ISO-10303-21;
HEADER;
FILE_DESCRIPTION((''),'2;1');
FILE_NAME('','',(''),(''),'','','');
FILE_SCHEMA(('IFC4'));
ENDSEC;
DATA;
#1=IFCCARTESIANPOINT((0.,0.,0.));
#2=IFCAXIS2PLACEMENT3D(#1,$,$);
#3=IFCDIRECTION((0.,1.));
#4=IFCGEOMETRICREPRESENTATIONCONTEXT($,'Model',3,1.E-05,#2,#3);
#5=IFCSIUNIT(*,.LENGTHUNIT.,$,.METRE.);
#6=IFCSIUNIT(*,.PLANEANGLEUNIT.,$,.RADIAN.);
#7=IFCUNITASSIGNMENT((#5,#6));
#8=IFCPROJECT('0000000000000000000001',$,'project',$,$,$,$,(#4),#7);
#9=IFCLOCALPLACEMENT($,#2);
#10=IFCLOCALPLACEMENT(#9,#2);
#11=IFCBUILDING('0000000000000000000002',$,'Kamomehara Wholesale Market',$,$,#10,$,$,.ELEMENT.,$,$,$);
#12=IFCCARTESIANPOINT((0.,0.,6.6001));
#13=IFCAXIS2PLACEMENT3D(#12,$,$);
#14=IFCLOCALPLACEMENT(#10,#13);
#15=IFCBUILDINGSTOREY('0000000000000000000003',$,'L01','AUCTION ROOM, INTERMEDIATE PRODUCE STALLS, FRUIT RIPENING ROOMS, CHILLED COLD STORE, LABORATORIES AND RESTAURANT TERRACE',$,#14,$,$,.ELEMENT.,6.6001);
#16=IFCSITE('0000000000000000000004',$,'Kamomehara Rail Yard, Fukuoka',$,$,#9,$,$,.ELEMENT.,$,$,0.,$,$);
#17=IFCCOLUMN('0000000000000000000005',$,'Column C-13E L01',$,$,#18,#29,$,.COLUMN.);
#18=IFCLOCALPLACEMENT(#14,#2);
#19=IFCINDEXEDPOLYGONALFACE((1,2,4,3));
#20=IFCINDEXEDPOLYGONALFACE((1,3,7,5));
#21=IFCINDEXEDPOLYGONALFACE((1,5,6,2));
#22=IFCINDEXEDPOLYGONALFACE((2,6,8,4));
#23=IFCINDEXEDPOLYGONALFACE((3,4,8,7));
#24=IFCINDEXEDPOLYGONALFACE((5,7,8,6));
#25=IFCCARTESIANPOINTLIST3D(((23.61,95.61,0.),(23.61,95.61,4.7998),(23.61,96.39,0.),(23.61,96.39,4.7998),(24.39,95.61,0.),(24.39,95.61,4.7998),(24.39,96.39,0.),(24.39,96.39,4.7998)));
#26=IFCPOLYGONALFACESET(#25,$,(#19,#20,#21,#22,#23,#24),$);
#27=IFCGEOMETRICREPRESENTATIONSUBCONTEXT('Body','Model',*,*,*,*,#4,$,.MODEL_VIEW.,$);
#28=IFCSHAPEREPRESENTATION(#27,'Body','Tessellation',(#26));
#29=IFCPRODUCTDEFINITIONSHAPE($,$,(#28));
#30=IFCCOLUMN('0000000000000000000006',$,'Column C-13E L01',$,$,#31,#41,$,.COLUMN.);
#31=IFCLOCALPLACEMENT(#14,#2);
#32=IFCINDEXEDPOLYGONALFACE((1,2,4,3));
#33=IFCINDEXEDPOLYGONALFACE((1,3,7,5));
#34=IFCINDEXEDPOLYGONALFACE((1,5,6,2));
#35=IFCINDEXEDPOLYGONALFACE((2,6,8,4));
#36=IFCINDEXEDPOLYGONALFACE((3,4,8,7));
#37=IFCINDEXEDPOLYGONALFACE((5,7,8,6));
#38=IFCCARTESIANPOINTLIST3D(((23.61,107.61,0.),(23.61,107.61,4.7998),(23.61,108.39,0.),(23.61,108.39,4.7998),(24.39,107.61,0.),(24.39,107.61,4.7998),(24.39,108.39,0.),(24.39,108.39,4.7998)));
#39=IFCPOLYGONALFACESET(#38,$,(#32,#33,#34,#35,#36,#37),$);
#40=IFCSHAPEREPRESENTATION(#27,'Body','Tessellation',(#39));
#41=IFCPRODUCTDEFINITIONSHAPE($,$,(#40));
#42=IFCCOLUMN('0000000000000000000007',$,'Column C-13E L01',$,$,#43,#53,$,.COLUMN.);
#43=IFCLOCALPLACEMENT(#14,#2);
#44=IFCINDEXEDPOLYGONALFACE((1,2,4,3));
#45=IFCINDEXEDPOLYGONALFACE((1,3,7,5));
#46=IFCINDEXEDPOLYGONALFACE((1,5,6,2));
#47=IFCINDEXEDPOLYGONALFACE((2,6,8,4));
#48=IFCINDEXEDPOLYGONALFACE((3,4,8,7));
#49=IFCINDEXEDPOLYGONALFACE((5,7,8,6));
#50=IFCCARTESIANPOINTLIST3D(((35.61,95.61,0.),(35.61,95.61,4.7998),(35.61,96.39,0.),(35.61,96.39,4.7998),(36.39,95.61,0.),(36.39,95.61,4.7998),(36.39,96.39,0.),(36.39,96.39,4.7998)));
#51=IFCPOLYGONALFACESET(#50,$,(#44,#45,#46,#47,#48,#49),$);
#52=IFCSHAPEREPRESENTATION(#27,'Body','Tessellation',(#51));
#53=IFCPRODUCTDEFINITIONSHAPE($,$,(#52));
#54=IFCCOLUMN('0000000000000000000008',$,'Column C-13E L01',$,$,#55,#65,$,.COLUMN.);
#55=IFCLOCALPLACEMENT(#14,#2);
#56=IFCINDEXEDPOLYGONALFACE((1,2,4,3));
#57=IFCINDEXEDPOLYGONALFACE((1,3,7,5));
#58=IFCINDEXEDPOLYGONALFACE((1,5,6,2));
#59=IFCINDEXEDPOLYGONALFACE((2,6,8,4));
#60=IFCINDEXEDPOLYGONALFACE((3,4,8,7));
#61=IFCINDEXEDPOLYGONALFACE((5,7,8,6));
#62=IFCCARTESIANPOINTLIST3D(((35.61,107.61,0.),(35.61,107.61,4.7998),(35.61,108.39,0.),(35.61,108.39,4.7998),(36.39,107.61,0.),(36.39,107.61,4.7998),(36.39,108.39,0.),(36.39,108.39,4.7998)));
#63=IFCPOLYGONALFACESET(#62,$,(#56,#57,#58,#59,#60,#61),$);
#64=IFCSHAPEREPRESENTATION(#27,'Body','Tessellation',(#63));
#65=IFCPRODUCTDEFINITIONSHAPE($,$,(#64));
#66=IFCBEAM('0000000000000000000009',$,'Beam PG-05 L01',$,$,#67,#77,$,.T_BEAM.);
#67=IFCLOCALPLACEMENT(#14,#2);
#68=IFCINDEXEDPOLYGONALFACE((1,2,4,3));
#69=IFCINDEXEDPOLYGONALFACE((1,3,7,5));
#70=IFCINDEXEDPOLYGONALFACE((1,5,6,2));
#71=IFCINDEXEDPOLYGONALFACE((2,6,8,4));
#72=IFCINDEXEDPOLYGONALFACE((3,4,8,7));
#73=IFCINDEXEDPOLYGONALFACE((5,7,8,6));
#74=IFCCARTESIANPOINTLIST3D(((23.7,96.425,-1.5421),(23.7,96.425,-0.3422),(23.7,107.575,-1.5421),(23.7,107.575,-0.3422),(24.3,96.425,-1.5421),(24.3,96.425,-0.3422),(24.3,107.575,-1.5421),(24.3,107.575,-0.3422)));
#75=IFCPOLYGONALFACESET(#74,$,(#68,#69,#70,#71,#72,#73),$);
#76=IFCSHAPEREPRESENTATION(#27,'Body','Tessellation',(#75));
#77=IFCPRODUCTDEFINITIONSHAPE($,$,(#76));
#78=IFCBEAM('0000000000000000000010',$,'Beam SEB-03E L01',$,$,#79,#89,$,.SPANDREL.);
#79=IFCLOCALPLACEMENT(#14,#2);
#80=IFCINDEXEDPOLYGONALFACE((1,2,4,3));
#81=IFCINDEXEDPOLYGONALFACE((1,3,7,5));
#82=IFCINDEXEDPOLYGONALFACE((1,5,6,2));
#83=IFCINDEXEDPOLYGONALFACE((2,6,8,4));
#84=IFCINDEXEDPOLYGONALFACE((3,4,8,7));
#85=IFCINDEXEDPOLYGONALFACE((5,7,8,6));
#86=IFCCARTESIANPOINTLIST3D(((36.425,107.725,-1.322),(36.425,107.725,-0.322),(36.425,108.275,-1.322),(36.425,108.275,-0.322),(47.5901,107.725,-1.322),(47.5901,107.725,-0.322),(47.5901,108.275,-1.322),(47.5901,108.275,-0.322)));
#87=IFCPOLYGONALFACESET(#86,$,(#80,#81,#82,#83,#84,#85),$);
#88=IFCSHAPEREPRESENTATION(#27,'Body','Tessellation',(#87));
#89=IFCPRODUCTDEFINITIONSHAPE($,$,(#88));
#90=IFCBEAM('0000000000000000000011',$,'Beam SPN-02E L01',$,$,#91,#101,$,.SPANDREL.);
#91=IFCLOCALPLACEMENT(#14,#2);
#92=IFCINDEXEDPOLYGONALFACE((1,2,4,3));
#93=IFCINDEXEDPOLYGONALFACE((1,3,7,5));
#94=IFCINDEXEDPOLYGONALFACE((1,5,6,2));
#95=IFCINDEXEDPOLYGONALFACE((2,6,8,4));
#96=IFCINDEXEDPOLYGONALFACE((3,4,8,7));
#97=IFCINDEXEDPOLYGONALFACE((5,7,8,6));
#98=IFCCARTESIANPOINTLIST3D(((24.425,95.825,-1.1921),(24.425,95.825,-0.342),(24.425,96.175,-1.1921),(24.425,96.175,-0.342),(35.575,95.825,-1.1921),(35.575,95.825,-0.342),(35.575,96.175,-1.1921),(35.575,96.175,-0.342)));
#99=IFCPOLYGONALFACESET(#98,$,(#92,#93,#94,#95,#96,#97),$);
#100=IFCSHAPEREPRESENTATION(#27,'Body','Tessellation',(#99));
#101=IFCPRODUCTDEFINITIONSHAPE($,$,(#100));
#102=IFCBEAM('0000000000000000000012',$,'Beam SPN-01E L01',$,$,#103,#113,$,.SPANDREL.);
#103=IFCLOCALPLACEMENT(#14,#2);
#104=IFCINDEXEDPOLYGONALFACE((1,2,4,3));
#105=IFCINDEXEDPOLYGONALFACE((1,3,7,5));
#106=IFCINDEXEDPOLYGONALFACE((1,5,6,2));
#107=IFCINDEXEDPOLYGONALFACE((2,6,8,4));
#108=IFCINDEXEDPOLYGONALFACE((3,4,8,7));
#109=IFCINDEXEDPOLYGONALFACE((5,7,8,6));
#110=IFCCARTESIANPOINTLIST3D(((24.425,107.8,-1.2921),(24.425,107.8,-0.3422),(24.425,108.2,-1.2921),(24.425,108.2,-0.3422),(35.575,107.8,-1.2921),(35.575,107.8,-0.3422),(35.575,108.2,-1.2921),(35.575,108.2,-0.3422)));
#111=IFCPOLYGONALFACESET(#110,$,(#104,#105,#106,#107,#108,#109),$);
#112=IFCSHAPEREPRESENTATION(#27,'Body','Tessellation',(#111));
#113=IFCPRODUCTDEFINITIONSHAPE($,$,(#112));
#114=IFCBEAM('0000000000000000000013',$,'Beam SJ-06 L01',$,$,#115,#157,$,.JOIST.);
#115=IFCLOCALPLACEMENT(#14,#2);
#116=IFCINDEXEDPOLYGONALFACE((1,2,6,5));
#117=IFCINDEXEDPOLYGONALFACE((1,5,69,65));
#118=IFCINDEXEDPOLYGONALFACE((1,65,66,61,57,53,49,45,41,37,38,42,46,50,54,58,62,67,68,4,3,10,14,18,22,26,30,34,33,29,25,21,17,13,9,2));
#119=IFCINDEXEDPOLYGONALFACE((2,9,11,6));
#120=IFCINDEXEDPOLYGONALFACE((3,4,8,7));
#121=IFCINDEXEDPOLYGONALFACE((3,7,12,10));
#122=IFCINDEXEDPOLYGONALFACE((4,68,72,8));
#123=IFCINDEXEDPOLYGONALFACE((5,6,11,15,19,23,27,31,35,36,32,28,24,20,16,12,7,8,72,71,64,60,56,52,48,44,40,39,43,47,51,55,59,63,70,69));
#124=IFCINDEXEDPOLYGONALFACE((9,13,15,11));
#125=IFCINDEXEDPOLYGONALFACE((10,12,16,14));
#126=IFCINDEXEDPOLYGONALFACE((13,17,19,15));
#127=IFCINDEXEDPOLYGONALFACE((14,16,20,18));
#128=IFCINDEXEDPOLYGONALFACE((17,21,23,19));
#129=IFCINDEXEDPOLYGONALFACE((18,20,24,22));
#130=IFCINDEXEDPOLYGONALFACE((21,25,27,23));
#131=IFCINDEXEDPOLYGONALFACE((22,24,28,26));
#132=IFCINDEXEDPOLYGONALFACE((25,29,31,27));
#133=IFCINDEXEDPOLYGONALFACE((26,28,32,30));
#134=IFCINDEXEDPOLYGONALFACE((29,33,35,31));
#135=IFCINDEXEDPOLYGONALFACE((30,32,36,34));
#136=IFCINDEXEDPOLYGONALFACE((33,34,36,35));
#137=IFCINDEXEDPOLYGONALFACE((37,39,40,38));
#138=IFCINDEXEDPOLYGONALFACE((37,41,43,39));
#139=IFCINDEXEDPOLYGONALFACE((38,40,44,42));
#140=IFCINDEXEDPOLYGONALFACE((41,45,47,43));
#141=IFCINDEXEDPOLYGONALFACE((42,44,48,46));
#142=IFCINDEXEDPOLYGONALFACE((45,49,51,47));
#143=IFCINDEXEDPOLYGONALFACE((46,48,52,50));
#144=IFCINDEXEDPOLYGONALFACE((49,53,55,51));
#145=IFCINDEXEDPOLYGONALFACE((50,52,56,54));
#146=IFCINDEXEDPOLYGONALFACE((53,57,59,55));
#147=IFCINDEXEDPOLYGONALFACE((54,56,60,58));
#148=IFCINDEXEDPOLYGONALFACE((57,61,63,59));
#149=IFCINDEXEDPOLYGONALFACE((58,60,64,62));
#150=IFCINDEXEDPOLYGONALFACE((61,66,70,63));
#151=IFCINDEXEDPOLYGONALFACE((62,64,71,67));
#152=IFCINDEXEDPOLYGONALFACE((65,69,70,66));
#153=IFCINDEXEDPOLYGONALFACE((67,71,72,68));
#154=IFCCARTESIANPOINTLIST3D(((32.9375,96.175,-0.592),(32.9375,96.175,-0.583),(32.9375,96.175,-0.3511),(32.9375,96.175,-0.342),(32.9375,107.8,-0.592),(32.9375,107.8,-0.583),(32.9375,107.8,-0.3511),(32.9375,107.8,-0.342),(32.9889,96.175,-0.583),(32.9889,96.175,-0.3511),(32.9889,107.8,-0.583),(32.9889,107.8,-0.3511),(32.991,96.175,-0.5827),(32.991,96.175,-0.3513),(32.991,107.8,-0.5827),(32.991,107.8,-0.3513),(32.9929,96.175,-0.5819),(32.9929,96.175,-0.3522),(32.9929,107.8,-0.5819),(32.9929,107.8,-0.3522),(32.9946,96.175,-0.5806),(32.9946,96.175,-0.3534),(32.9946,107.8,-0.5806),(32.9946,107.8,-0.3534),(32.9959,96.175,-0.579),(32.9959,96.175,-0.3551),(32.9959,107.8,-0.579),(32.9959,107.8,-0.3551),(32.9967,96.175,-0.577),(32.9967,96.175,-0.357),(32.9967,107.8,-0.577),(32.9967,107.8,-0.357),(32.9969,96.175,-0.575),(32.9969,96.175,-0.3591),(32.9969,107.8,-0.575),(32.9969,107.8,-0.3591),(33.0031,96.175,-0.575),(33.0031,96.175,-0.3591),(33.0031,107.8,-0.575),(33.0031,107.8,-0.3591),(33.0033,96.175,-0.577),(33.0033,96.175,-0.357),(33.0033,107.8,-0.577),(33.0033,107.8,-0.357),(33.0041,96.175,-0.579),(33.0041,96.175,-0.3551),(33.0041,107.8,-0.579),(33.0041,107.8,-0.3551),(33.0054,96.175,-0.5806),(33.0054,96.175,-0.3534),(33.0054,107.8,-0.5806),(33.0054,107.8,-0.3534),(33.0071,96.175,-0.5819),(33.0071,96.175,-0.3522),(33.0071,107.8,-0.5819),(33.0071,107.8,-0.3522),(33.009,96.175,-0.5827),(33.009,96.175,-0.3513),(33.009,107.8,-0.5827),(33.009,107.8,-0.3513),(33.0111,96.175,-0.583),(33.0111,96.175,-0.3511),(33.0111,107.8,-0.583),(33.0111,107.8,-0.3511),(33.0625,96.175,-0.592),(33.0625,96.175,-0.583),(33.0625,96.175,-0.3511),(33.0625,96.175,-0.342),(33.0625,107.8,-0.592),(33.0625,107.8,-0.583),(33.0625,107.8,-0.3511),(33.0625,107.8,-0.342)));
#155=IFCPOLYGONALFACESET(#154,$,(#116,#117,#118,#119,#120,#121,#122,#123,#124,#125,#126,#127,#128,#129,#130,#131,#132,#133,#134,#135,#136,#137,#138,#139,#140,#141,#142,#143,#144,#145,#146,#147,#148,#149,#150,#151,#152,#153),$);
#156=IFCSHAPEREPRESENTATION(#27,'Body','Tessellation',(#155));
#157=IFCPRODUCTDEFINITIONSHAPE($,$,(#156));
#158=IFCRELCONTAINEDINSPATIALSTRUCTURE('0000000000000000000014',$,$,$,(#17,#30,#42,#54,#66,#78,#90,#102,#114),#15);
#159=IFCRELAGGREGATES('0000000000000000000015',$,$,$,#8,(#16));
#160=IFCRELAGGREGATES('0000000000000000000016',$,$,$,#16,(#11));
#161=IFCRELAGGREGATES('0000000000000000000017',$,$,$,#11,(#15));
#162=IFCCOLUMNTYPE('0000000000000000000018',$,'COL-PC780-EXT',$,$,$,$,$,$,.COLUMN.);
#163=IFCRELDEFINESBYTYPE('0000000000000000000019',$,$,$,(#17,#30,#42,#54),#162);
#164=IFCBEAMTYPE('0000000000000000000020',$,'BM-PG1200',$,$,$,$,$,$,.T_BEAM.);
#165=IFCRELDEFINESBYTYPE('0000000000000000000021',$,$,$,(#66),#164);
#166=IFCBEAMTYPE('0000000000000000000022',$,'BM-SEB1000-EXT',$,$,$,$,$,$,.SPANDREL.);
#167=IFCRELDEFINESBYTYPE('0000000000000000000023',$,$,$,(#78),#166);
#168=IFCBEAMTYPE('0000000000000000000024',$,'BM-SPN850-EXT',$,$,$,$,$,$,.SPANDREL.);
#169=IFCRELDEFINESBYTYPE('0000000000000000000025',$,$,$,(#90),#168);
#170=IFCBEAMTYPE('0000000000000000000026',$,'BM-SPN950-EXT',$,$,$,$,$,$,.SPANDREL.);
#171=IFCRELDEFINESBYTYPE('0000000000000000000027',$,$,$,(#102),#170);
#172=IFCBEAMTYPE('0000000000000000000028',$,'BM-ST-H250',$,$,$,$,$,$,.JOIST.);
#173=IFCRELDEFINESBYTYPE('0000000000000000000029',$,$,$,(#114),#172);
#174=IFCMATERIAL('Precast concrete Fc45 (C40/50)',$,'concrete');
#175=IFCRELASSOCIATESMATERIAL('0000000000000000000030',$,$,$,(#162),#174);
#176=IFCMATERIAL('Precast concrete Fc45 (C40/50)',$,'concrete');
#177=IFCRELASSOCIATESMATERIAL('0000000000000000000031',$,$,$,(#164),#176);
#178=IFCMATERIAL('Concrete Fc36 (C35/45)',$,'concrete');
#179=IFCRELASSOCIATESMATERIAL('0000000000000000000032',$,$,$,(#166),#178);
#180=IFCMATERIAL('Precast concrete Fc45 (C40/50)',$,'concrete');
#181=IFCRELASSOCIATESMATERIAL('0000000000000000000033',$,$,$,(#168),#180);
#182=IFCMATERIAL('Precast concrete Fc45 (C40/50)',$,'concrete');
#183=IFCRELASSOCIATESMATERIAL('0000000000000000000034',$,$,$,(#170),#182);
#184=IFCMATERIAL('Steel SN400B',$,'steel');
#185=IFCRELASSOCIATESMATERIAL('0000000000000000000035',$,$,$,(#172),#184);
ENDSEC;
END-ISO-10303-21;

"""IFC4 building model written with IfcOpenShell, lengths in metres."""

from ifc_helpers import new_model, si_unit, direction, frame, origin, origin_2d, place, context, subcontext, project, spatial, rectangle, i_section, extrude, material, material_profile, profile_set, type_object, element, save


model = new_model("IFC4")

# Units and contexts
model_context = context("Model", 3, precision=1e-05, world=origin(), true_north=direction((0.0, 1.0)))
body_context = subcontext(model_context, "Body", "Model", "MODEL_VIEW")
ifc_project = project(units=[si_unit("LENGTHUNIT", "METRE"), si_unit("PLANEANGLEUNIT", "RADIAN")], contexts=[model_context])

# Site, building, storey
site_placement = place(None, origin())
site = spatial("IfcSite", under=ifc_project, at=site_placement, Name="Kamomehara Rail Yard, Fukuoka", CompositionType="ELEMENT", RefElevation=0.0)
building_placement = place(site_placement, origin())
building = spatial("IfcBuilding", under=site, at=building_placement, Name="Kamomehara Wholesale Market", CompositionType="ELEMENT")
storey_placement = place(building_placement, frame((0.0, 0.0, 6.6001)))
storey = spatial("IfcBuildingStorey", under=building, at=storey_placement, Name="L01", Description="AUCTION ROOM, INTERMEDIATE PRODUCE STALLS, FRUIT RIPENING ROOMS, CHILLED COLD STORE, LABORATORIES AND RESTAURANT TERRACE", CompositionType="ELEMENT", Elevation=6.6001)

# Columns
ifc_material_1 = material(Name="Precast concrete Fc45 (C40/50)", Category="concrete")
ifc_material_profile_1 = material_profile(ifc_material_1, rectangle(XDim=0.78, YDim=0.78, at=origin_2d()), Name="PC-COL-780x780")
ifc_profile_set_1 = profile_set([ifc_material_profile_1], Name="Precast concrete Fc45 (C40/50)")
column_type = type_object("IfcColumnType", Name="COL-PC780-EXT", PredefinedType="COLUMN", material=ifc_profile_set_1)
for number, where, z_axis, x_axis, name in (
    (1, (24.0, 96.0, 0.0), (0.0, 0.0, 1.0), (1.0, 0.0, 0.0), "Column C-13E L01"),
    (2, (24.0, 108.0, 0.0), (0.0, 0.0, 1.0), (1.0, 0.0, 0.0), "Column C-13E L01"),
    (3, (36.0, 96.0, 0.0), (0.0, 0.0, 1.0), (1.0, 0.0, 0.0), "Column C-13E L01"),
    (4, (36.0, 108.0, 0.0), (0.0, 0.0, 1.0), (1.0, 0.0, 0.0), "Column C-13E L01"),
):
    element("IfcColumn", number, at=place(storey_placement, frame(where, z_axis=z_axis, x_axis=x_axis)), inside=storey, type_object=column_type, Name=name, PredefinedType="COLUMN", context=body_context, shape_type="SweptSolid", body=[
        extrude(rectangle(XDim=0.78, YDim=0.78, at=origin_2d()), origin(), (0.0, 0.0, 1.0), 4.7998),
    ])

# Beams
ifc_material_2 = material(Name="Precast concrete Fc45 (C40/50)", Category="concrete")
ifc_material_profile_2 = material_profile(ifc_material_2, rectangle(XDim=0.6001, YDim=1.2, at=origin_2d()), Name="PC-GRD-600x1200")
ifc_profile_set_2 = profile_set([ifc_material_profile_2], Name="Precast concrete Fc45 (C40/50)")
beam_type_1 = type_object("IfcBeamType", Name="BM-PG1200", PredefinedType="T_BEAM", material=ifc_profile_set_2)
beam_1_placement = place(storey_placement, frame((24.0, 96.425, -0.9421), z_axis=(0.0, 1.0, 0.0), x_axis=(-1.0, 0.0, 0.0)))
element("IfcBeam", 5, at=beam_1_placement, inside=storey, type_object=beam_type_1, Name="Beam PG-05 L01", PredefinedType="T_BEAM", context=body_context, shape_type="SweptSolid", body=[
    extrude(rectangle(XDim=0.6001, YDim=1.2, at=origin_2d()), origin(), (0.0, 0.0, 1.0), 11.1499),
])
ifc_material_3 = material(Name="Concrete Fc36 (C35/45)", Category="concrete")
ifc_material_profile_3 = material_profile(ifc_material_3, rectangle(XDim=0.55, YDim=1.0, at=origin_2d()), Name="RC-SEB-550x1000")
ifc_profile_set_3 = profile_set([ifc_material_profile_3], Name="Concrete Fc36 (C35/45)")
beam_type_2 = type_object("IfcBeamType", Name="BM-SEB1000-EXT", PredefinedType="SPANDREL", material=ifc_profile_set_3)
beam_2_placement = place(storey_placement, frame((36.425, 108.0, -0.822), z_axis=(1.0, 0.0, 0.0), x_axis=(0.0, 1.0, 0.0)))
element("IfcBeam", 6, at=beam_2_placement, inside=storey, type_object=beam_type_2, Name="Beam SEB-03E L01", PredefinedType="SPANDREL", context=body_context, shape_type="SweptSolid", body=[
    extrude(rectangle(XDim=0.55, YDim=1.0, at=origin_2d()), origin(), (0.0, 0.0, 1.0), 11.165),
])
ifc_material_4 = material(Name="Precast concrete Fc45 (C40/50)", Category="concrete")
ifc_material_profile_4 = material_profile(ifc_material_4, rectangle(XDim=0.3501, YDim=0.8501, at=origin_2d()), Name="PC-SPN-350x850")
ifc_profile_set_4 = profile_set([ifc_material_profile_4], Name="Precast concrete Fc45 (C40/50)")
beam_type_3 = type_object("IfcBeamType", Name="BM-SPN850-EXT", PredefinedType="SPANDREL", material=ifc_profile_set_4)
beam_3_placement = place(storey_placement, frame((24.425, 96.0, -0.7671), z_axis=(1.0, 0.0, 0.0), x_axis=(0.0, 1.0, 0.0)))
element("IfcBeam", 7, at=beam_3_placement, inside=storey, type_object=beam_type_3, Name="Beam SPN-02E L01", PredefinedType="SPANDREL", context=body_context, shape_type="SweptSolid", body=[
    extrude(rectangle(XDim=0.3501, YDim=0.8501, at=origin_2d()), origin(), (0.0, 0.0, 1.0), 11.1499),
])
ifc_material_5 = material(Name="Precast concrete Fc45 (C40/50)", Category="concrete")
ifc_material_profile_5 = material_profile(ifc_material_5, rectangle(XDim=0.3999, YDim=0.95, at=origin_2d()), Name="PC-SPN-400x950")
ifc_profile_set_5 = profile_set([ifc_material_profile_5], Name="Precast concrete Fc45 (C40/50)")
beam_type_4 = type_object("IfcBeamType", Name="BM-SPN950-EXT", PredefinedType="SPANDREL", material=ifc_profile_set_5)
beam_4_placement = place(storey_placement, frame((24.425, 108.0, -0.8171), z_axis=(1.0, 0.0, 0.0), x_axis=(0.0, 1.0, 0.0)))
element("IfcBeam", 8, at=beam_4_placement, inside=storey, type_object=beam_type_4, Name="Beam SPN-01E L01", PredefinedType="SPANDREL", context=body_context, shape_type="SweptSolid", body=[
    extrude(rectangle(XDim=0.3999, YDim=0.95, at=origin_2d()), origin(), (0.0, 0.0, 1.0), 11.1499),
])
ifc_material_6 = material(Name="Steel SN400B", Category="steel")
ifc_material_profile_6 = material_profile(ifc_material_6, i_section(OverallWidth=0.125, OverallDepth=0.25, WebThickness=0.0061, FlangeThickness=0.009, FilletRadius=0.0081, at=origin_2d()), Name="H-250x125x6x9")
ifc_profile_set_6 = profile_set([ifc_material_profile_6], Name="Steel SN400B")
beam_type_5 = type_object("IfcBeamType", Name="BM-ST-H250", PredefinedType="JOIST", material=ifc_profile_set_6)
beam_5_placement = place(storey_placement, frame((33.0, 96.175, -0.467), z_axis=(0.0, 1.0, 0.0), x_axis=(-1.0, 0.0, 0.0)))
element("IfcBeam", 9, at=beam_5_placement, inside=storey, type_object=beam_type_5, Name="Beam SJ-06 L01", PredefinedType="JOIST", context=body_context, shape_type="SweptSolid", body=[
    extrude(i_section(OverallWidth=0.125, OverallDepth=0.25, WebThickness=0.0061, FlangeThickness=0.009, FilletRadius=0.0081, at=origin_2d()), origin(), (0.0, 0.0, 1.0), 11.625),
])

save(model, "model.ifc")
